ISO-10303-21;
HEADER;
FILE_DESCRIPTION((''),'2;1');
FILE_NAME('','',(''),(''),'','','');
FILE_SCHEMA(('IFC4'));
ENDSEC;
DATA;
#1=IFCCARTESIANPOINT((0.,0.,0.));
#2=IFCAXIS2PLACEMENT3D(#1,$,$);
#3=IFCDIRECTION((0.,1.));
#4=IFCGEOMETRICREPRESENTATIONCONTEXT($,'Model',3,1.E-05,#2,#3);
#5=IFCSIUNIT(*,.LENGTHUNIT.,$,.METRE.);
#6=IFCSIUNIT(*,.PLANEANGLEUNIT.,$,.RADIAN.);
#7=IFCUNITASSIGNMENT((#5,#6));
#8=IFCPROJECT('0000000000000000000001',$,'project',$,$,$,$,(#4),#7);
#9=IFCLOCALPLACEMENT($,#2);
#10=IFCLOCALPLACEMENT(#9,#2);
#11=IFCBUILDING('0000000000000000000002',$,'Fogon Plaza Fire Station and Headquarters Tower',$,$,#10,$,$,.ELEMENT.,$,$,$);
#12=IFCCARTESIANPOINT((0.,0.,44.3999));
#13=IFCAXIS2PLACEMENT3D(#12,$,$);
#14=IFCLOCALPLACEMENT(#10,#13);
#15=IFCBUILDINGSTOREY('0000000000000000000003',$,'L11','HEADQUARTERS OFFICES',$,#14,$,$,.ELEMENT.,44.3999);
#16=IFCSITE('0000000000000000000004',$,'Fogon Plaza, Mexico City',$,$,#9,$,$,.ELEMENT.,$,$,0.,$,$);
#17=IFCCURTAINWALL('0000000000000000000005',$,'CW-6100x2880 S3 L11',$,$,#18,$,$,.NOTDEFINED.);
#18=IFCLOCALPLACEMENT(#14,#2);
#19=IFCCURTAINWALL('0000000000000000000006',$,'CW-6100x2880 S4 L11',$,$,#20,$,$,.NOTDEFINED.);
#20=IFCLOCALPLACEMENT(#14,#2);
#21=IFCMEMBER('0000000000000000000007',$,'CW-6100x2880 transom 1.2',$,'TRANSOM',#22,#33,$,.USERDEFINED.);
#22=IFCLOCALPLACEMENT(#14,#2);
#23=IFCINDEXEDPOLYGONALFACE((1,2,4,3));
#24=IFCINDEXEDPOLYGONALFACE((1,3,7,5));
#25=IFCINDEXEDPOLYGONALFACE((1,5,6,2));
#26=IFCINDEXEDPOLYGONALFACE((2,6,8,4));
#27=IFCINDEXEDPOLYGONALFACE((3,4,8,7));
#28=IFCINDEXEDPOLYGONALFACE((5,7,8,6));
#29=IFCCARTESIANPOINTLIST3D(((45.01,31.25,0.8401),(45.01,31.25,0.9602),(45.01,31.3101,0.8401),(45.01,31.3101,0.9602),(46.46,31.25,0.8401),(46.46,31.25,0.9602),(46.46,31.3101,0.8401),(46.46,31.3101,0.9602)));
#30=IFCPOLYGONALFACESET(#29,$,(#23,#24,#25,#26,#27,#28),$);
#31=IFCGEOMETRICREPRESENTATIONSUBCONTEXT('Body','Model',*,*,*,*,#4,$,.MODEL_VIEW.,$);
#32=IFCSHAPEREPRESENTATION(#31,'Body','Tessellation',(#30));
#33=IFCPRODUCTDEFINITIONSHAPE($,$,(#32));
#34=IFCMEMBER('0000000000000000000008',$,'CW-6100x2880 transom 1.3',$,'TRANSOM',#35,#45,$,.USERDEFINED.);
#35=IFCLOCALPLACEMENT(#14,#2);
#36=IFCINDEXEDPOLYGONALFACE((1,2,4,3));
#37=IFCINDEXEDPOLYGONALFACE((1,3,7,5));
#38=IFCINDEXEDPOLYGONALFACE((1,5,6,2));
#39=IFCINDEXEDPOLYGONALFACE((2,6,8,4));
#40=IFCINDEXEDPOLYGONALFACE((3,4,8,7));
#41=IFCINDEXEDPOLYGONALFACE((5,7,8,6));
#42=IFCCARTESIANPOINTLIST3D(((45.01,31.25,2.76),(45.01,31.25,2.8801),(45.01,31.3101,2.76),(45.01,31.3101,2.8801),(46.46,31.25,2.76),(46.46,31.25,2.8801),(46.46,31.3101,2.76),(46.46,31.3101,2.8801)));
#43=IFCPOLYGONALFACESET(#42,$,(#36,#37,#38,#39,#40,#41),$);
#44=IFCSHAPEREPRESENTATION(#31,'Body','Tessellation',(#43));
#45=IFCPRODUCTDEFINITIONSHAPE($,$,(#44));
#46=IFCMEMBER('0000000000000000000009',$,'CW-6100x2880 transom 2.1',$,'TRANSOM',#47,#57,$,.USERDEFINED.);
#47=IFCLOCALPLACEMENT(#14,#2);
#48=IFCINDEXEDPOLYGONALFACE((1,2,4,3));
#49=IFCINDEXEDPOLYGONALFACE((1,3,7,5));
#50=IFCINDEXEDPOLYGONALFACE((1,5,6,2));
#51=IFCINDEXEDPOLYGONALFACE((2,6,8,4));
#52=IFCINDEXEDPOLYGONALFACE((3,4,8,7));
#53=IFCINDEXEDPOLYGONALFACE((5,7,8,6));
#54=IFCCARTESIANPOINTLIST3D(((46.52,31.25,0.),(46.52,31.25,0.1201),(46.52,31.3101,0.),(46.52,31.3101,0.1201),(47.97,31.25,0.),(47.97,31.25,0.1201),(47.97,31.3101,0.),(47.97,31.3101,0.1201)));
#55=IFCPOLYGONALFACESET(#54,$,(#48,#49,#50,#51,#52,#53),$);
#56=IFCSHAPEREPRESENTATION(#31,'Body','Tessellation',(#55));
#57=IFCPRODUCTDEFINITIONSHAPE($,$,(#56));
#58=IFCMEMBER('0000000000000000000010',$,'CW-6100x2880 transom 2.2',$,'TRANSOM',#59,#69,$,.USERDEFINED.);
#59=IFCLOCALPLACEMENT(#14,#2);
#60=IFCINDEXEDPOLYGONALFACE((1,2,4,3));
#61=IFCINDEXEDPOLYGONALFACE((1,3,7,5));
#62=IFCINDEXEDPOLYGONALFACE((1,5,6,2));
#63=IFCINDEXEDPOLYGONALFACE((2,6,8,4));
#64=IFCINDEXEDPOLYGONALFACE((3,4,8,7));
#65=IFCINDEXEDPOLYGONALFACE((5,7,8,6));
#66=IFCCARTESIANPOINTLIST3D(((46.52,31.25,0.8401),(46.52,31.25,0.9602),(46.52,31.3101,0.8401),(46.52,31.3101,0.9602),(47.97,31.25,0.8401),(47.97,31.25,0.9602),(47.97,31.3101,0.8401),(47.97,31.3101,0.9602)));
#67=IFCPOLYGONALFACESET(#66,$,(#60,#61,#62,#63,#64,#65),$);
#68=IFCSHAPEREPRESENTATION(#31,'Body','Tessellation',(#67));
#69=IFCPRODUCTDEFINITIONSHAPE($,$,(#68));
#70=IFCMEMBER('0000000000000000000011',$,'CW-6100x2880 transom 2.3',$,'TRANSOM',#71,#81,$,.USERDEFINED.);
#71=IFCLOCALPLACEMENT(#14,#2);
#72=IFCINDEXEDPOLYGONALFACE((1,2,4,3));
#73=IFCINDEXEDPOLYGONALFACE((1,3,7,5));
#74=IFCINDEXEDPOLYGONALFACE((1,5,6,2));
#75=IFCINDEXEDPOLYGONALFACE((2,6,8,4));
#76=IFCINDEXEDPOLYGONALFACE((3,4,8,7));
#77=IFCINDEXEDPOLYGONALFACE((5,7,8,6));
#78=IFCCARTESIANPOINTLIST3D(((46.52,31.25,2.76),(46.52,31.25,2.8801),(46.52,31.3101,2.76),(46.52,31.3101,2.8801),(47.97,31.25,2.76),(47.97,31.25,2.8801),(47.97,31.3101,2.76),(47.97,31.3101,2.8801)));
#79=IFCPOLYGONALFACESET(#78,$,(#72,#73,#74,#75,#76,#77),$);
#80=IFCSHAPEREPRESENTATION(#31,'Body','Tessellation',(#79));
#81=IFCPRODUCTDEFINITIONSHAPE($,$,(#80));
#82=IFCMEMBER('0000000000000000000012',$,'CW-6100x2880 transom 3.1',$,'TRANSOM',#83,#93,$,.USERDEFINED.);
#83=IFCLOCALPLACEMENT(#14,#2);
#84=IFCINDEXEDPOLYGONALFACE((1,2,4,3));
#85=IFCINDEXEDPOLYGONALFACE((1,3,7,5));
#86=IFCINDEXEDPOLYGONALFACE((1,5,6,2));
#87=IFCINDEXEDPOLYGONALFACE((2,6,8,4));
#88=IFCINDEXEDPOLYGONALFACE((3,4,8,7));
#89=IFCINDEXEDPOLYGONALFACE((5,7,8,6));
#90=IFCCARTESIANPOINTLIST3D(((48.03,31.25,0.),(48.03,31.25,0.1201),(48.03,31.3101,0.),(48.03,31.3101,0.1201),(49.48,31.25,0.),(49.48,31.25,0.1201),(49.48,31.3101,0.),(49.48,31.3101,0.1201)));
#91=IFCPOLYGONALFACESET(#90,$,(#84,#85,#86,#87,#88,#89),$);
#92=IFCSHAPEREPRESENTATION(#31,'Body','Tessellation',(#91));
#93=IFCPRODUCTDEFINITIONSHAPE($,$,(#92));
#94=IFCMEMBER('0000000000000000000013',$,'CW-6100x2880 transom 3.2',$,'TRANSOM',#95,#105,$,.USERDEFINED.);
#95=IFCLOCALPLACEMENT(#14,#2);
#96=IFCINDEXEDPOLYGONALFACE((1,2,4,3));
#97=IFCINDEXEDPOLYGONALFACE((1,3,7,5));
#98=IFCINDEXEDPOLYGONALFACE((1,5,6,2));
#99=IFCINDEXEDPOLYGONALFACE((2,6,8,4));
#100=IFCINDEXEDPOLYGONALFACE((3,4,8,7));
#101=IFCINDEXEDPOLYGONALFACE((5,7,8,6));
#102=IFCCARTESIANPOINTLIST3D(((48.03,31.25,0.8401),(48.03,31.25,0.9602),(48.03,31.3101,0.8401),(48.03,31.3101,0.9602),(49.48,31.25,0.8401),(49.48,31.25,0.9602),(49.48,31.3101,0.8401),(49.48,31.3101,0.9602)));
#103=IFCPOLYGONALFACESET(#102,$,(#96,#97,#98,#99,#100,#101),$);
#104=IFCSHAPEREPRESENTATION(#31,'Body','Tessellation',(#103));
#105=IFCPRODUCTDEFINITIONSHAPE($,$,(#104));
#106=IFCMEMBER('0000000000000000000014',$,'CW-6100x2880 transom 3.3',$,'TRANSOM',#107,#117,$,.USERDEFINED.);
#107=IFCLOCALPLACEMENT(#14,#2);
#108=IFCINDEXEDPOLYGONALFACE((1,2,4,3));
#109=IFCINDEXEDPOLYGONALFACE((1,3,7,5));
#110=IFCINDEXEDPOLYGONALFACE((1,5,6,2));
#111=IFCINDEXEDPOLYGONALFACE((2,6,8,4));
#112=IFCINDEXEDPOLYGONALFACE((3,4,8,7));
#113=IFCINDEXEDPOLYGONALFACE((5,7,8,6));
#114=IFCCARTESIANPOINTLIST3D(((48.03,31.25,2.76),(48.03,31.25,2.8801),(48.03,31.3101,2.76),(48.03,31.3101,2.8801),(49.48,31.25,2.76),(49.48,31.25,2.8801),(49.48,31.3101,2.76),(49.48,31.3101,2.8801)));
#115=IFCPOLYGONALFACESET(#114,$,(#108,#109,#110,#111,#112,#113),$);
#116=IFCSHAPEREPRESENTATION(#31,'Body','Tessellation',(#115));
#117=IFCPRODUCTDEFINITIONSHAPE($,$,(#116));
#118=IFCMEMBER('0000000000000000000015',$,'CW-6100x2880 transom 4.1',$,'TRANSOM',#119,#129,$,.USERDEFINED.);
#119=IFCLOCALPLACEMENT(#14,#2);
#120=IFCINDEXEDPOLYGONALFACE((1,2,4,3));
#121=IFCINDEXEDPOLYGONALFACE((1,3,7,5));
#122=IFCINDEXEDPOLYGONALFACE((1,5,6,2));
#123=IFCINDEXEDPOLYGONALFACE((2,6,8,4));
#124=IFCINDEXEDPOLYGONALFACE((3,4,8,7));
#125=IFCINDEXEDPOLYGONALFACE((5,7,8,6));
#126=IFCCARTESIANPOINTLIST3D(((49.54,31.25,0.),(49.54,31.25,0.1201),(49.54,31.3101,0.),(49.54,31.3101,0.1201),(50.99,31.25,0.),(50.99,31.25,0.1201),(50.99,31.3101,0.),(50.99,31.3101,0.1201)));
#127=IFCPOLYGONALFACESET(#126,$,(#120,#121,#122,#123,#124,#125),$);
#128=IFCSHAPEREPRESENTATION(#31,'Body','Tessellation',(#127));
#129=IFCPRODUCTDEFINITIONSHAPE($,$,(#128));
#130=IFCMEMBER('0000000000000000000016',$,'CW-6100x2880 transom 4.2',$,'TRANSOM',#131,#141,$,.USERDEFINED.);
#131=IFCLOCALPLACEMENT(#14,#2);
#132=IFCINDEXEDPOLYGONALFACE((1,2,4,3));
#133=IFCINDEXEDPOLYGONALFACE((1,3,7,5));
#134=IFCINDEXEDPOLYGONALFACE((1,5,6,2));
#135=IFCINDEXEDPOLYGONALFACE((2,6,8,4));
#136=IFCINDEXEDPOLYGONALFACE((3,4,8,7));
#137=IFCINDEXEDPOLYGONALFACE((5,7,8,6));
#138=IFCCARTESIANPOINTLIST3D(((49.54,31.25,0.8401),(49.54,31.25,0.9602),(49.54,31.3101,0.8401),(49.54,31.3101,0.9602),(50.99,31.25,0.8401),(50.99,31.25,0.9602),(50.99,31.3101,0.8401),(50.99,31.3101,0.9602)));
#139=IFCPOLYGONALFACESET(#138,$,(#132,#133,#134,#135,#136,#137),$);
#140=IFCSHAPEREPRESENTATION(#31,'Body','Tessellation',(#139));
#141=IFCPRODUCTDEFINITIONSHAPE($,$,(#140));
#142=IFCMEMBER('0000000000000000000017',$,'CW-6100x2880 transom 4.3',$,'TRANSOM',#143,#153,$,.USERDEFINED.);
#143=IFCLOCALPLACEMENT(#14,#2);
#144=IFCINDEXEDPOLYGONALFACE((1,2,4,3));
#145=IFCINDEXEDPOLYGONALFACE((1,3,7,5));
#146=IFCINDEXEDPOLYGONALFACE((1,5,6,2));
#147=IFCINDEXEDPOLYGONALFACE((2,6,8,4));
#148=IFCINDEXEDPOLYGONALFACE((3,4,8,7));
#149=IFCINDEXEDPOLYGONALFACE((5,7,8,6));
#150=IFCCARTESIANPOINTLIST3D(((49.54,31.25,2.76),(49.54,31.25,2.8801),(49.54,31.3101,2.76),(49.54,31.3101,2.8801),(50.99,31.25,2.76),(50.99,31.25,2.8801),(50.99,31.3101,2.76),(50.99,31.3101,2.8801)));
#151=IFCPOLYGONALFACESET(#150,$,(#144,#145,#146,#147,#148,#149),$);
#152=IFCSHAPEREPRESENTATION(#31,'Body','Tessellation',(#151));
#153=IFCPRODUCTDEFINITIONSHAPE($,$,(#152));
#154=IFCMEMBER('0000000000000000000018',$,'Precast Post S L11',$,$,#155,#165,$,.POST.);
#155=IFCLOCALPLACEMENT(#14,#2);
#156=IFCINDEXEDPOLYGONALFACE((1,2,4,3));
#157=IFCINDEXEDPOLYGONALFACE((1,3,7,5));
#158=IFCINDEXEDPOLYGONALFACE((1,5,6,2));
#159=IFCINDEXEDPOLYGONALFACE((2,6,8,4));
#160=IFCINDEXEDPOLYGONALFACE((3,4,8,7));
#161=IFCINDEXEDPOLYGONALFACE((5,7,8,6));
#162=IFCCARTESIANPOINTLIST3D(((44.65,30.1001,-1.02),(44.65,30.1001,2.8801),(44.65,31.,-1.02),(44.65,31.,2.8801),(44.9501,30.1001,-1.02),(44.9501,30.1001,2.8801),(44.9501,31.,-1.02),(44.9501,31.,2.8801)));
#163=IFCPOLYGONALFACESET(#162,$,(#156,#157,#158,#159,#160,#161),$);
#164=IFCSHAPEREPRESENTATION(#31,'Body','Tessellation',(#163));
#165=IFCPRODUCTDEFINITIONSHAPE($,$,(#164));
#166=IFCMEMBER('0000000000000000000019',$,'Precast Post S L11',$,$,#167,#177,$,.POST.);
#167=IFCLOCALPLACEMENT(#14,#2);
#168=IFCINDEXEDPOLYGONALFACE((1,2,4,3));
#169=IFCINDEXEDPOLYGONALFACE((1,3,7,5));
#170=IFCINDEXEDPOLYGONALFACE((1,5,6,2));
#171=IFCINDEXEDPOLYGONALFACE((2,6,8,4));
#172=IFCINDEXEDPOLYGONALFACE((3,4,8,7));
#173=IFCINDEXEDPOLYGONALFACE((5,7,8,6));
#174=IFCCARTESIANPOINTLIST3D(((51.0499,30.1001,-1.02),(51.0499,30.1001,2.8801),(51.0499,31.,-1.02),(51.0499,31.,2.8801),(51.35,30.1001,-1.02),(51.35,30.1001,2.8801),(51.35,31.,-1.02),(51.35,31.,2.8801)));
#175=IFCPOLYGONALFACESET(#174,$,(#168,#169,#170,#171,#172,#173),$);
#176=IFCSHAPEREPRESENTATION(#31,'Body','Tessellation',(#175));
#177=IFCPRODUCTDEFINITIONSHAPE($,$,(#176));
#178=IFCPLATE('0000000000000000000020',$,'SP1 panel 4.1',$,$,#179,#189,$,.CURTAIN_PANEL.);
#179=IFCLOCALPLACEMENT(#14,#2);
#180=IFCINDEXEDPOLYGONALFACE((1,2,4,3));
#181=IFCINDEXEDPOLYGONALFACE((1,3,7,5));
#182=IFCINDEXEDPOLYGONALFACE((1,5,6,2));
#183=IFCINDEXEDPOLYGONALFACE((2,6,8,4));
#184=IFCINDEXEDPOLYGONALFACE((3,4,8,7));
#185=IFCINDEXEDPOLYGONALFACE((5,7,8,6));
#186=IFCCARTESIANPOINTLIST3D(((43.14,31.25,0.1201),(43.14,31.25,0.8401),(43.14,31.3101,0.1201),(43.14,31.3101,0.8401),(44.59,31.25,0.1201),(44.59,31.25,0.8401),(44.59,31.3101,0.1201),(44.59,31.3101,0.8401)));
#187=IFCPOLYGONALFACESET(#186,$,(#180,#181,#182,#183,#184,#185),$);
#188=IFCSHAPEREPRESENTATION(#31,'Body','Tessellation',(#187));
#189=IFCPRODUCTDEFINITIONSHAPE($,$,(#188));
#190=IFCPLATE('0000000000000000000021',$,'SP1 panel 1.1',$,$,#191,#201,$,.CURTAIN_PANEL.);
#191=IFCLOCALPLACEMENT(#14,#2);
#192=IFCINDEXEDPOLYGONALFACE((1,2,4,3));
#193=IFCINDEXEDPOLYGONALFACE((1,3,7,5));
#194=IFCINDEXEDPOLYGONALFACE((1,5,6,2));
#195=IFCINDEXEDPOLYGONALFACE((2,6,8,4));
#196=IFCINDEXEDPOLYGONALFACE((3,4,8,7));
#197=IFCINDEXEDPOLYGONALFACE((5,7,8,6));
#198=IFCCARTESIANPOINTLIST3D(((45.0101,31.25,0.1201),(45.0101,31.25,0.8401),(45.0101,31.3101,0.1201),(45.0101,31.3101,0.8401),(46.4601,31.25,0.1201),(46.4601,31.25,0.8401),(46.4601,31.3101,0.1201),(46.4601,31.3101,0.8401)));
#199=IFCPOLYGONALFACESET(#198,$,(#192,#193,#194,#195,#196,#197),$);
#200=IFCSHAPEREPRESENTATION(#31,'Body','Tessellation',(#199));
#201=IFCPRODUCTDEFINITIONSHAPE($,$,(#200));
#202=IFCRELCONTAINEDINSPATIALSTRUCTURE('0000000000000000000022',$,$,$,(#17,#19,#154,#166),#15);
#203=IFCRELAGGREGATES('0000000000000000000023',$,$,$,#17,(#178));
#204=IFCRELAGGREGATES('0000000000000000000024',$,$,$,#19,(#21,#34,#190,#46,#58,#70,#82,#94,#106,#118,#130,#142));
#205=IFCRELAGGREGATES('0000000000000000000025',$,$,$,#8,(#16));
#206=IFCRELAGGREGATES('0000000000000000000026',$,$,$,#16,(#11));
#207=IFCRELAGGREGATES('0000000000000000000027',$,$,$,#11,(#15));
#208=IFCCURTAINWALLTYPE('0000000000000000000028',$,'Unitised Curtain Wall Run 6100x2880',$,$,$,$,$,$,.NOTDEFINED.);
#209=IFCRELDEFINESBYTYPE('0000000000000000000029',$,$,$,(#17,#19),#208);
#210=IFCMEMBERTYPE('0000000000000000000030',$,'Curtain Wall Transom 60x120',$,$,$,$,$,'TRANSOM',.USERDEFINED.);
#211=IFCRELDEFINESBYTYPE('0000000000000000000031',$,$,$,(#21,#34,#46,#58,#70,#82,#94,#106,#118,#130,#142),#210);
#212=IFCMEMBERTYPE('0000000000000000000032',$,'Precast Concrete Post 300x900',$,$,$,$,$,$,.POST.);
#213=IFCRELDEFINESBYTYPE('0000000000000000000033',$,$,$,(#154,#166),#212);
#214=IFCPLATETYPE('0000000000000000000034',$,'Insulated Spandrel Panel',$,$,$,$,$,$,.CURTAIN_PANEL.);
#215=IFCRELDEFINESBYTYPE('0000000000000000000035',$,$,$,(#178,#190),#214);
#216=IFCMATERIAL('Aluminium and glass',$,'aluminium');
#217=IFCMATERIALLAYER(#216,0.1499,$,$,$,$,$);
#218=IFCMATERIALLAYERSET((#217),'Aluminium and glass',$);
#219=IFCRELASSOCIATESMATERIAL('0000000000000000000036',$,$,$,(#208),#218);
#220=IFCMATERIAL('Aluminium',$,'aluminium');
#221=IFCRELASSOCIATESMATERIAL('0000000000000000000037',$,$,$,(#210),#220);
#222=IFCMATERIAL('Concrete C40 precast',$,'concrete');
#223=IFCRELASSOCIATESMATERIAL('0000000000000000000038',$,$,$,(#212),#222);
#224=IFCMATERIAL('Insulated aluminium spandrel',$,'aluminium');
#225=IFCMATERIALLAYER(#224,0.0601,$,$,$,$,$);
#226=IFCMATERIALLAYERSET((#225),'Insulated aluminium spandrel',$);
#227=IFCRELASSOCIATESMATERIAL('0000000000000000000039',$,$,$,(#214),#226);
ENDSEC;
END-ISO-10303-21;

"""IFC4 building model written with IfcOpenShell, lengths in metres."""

from ifc_helpers import new_model, si_unit, direction, frame, origin, origin_2d, place, context, subcontext, project, spatial, rectangle, extrude, material, layer, layer_set, material_profile, profile_set, type_object, element, aggregate, save


model = new_model("IFC4")

# Units and contexts
model_context = context("Model", 3, precision=1e-05, world=origin(), true_north=direction((0.0, 1.0)))
body_context = subcontext(model_context, "Body", "Model", "MODEL_VIEW")
ifc_project = project(units=[si_unit("LENGTHUNIT", "METRE"), si_unit("PLANEANGLEUNIT", "RADIAN")], contexts=[model_context])

# Site, building, storey
site_placement = place(None, origin())
site = spatial("IfcSite", under=ifc_project, at=site_placement, Name="Fogon Plaza, Mexico City", CompositionType="ELEMENT", RefElevation=0.0)
building_placement = place(site_placement, origin())
building = spatial("IfcBuilding", under=site, at=building_placement, Name="Fogon Plaza Fire Station and Headquarters Tower", CompositionType="ELEMENT")
storey_placement = place(building_placement, frame((0.0, 0.0, 44.3999)))
storey = spatial("IfcBuildingStorey", under=building, at=storey_placement, Name="L11", Description="HEADQUARTERS OFFICES", CompositionType="ELEMENT", Elevation=44.3999)

# Curtain walls
ifc_material_1 = material(Name="Aluminium and glass", Category="aluminium")
ifc_layer_1 = layer(ifc_material_1, 0.1499)
ifc_layer_set_1 = layer_set([ifc_layer_1], Name="Aluminium and glass")
curtain_wall_type = type_object("IfcCurtainWallType", Name="Unitised Curtain Wall Run 6100x2880", PredefinedType="NOTDEFINED", material=ifc_layer_set_1)
curtain_wall_1_placement = place(storey_placement, origin())
curtain_wall_1 = element("IfcCurtainWall", 1, at=curtain_wall_1_placement, inside=storey, type_object=curtain_wall_type, Name="CW-6100x2880 S3 L11", PredefinedType="NOTDEFINED")
curtain_wall_2_placement = place(storey_placement, origin())
curtain_wall_2 = element("IfcCurtainWall", 2, at=curtain_wall_2_placement, inside=storey, type_object=curtain_wall_type, Name="CW-6100x2880 S4 L11", PredefinedType="NOTDEFINED")

# Members
ifc_material_2 = material(Name="Aluminium", Category="aluminium")
ifc_material_profile_1 = material_profile(ifc_material_2, rectangle(XDim=0.0601, YDim=0.1201, at=origin_2d()), Name="Curtain Wall Transom 60x120")
ifc_profile_set_1 = profile_set([ifc_material_profile_1], Name="Aluminium")
member_type_1 = type_object("IfcMemberType", Name="Curtain Wall Transom 60x120", ElementType="TRANSOM", PredefinedType="USERDEFINED", material=ifc_profile_set_1)
member_1_placement = place(storey_placement, frame((45.01, 31.28, 0.9001), z_axis=(1.0, 0.0, 0.0), x_axis=(0.0, 1.0, 0.0)))
member_1 = element("IfcMember", 3, at=member_1_placement, type_object=member_type_1, Name="CW-6100x2880 transom 1.2", ObjectType="TRANSOM", PredefinedType="USERDEFINED", context=body_context, shape_type="SweptSolid", body=[
    extrude(rectangle(XDim=0.0601, YDim=0.1201, at=origin_2d()), origin(), (0.0, 0.0, 1.0), 1.45),
])
member_2_placement = place(storey_placement, frame((45.01, 31.28, 2.8201), z_axis=(1.0, 0.0, 0.0), x_axis=(0.0, 1.0, 0.0)))
member_2 = element("IfcMember", 4, at=member_2_placement, type_object=member_type_1, Name="CW-6100x2880 transom 1.3", ObjectType="TRANSOM", PredefinedType="USERDEFINED", context=body_context, shape_type="SweptSolid", body=[
    extrude(rectangle(XDim=0.0601, YDim=0.1201, at=origin_2d()), origin(), (0.0, 0.0, 1.0), 1.45),
])
member_3_placement = place(storey_placement, frame((46.52, 31.28, 0.0601), z_axis=(1.0, 0.0, 0.0), x_axis=(0.0, 1.0, 0.0)))
member_3 = element("IfcMember", 5, at=member_3_placement, type_object=member_type_1, Name="CW-6100x2880 transom 2.1", ObjectType="TRANSOM", PredefinedType="USERDEFINED", context=body_context, shape_type="SweptSolid", body=[
    extrude(rectangle(XDim=0.0601, YDim=0.1201, at=origin_2d()), origin(), (0.0, 0.0, 1.0), 1.45),
])
member_4_placement = place(storey_placement, frame((46.52, 31.28, 0.9001), z_axis=(1.0, 0.0, 0.0), x_axis=(0.0, 1.0, 0.0)))
member_4 = element("IfcMember", 6, at=member_4_placement, type_object=member_type_1, Name="CW-6100x2880 transom 2.2", ObjectType="TRANSOM", PredefinedType="USERDEFINED", context=body_context, shape_type="SweptSolid", body=[
    extrude(rectangle(XDim=0.0601, YDim=0.1201, at=origin_2d()), origin(), (0.0, 0.0, 1.0), 1.45),
])
member_5_placement = place(storey_placement, frame((46.52, 31.28, 2.8201), z_axis=(1.0, 0.0, 0.0), x_axis=(0.0, 1.0, 0.0)))
member_5 = element("IfcMember", 7, at=member_5_placement, type_object=member_type_1, Name="CW-6100x2880 transom 2.3", ObjectType="TRANSOM", PredefinedType="USERDEFINED", context=body_context, shape_type="SweptSolid", body=[
    extrude(rectangle(XDim=0.0601, YDim=0.1201, at=origin_2d()), origin(), (0.0, 0.0, 1.0), 1.45),
])
member_6_placement = place(storey_placement, frame((48.03, 31.28, 0.0601), z_axis=(1.0, 0.0, 0.0), x_axis=(0.0, 1.0, 0.0)))
member_6 = element("IfcMember", 8, at=member_6_placement, type_object=member_type_1, Name="CW-6100x2880 transom 3.1", ObjectType="TRANSOM", PredefinedType="USERDEFINED", context=body_context, shape_type="SweptSolid", body=[
    extrude(rectangle(XDim=0.0601, YDim=0.1201, at=origin_2d()), origin(), (0.0, 0.0, 1.0), 1.45),
])
member_7_placement = place(storey_placement, frame((48.03, 31.28, 0.9001), z_axis=(1.0, 0.0, 0.0), x_axis=(0.0, 1.0, 0.0)))
member_7 = element("IfcMember", 9, at=member_7_placement, type_object=member_type_1, Name="CW-6100x2880 transom 3.2", ObjectType="TRANSOM", PredefinedType="USERDEFINED", context=body_context, shape_type="SweptSolid", body=[
    extrude(rectangle(XDim=0.0601, YDim=0.1201, at=origin_2d()), origin(), (0.0, 0.0, 1.0), 1.45),
])
member_8_placement = place(storey_placement, frame((48.03, 31.28, 2.8201), z_axis=(1.0, 0.0, 0.0), x_axis=(0.0, 1.0, 0.0)))
member_8 = element("IfcMember", 10, at=member_8_placement, type_object=member_type_1, Name="CW-6100x2880 transom 3.3", ObjectType="TRANSOM", PredefinedType="USERDEFINED", context=body_context, shape_type="SweptSolid", body=[
    extrude(rectangle(XDim=0.0601, YDim=0.1201, at=origin_2d()), origin(), (0.0, 0.0, 1.0), 1.45),
])
member_9_placement = place(storey_placement, frame((49.54, 31.28, 0.0601), z_axis=(1.0, 0.0, 0.0), x_axis=(0.0, 1.0, 0.0)))
member_9 = element("IfcMember", 11, at=member_9_placement, type_object=member_type_1, Name="CW-6100x2880 transom 4.1", ObjectType="TRANSOM", PredefinedType="USERDEFINED", context=body_context, shape_type="SweptSolid", body=[
    extrude(rectangle(XDim=0.0601, YDim=0.1201, at=origin_2d()), origin(), (0.0, 0.0, 1.0), 1.45),
])
member_10_placement = place(storey_placement, frame((49.54, 31.28, 0.9001), z_axis=(1.0, 0.0, 0.0), x_axis=(0.0, 1.0, 0.0)))
member_10 = element("IfcMember", 12, at=member_10_placement, type_object=member_type_1, Name="CW-6100x2880 transom 4.2", ObjectType="TRANSOM", PredefinedType="USERDEFINED", context=body_context, shape_type="SweptSolid", body=[
    extrude(rectangle(XDim=0.0601, YDim=0.1201, at=origin_2d()), origin(), (0.0, 0.0, 1.0), 1.45),
])
member_11_placement = place(storey_placement, frame((49.54, 31.28, 2.8201), z_axis=(1.0, 0.0, 0.0), x_axis=(0.0, 1.0, 0.0)))
member_11 = element("IfcMember", 13, at=member_11_placement, type_object=member_type_1, Name="CW-6100x2880 transom 4.3", ObjectType="TRANSOM", PredefinedType="USERDEFINED", context=body_context, shape_type="SweptSolid", body=[
    extrude(rectangle(XDim=0.0601, YDim=0.1201, at=origin_2d()), origin(), (0.0, 0.0, 1.0), 1.45),
])

# Members
ifc_material_3 = material(Name="Concrete C40 precast", Category="concrete")
ifc_material_profile_2 = material_profile(ifc_material_3, rectangle(XDim=0.3, YDim=0.8999, at=origin_2d()), Name="Precast Concrete Post 300x900")
ifc_profile_set_2 = profile_set([ifc_material_profile_2], Name="Concrete C40 precast")
member_type_2 = type_object("IfcMemberType", Name="Precast Concrete Post 300x900", PredefinedType="POST", material=ifc_profile_set_2)
for number, where, z_axis, x_axis, name in (
    (14, (44.8, 30.55, -1.02), (0.0, 0.0, 1.0), (1.0, 0.0, 0.0), "Precast Post S L11"),
    (15, (51.2, 30.55, -1.02), (0.0, 0.0, 1.0), (1.0, 0.0, 0.0), "Precast Post S L11"),
):
    element("IfcMember", number, at=place(storey_placement, frame(where, z_axis=z_axis, x_axis=x_axis)), inside=storey, type_object=member_type_2, Name=name, PredefinedType="POST", context=body_context, shape_type="SweptSolid", body=[
        extrude(rectangle(XDim=0.3, YDim=0.8999, at=origin_2d()), origin(), (0.0, 0.0, 1.0), 3.9001),
    ])

# Plates
ifc_material_4 = material(Name="Insulated aluminium spandrel", Category="aluminium")
ifc_layer_2 = layer(ifc_material_4, 0.0601)
ifc_layer_set_2 = layer_set([ifc_layer_2], Name="Insulated aluminium spandrel")
plate_type_1 = type_object("IfcPlateType", Name="Insulated Spandrel Panel", PredefinedType="CURTAIN_PANEL", material=ifc_layer_set_2)
plate_1_placement = place(storey_placement, frame((43.865, 31.28, 0.1201), z_axis=(0.0, 0.0, 1.0), x_axis=(1.0, 0.0, 0.0)))
plate_1 = element("IfcPlate", 16, at=plate_1_placement, type_object=plate_type_1, Name="SP1 panel 4.1", PredefinedType="CURTAIN_PANEL", context=body_context, shape_type="SweptSolid", body=[
    extrude(rectangle(XDim=1.45, YDim=0.0601, at=origin_2d()), origin(), (0.0, 0.0, 1.0), 0.72),
])
plate_2_placement = place(storey_placement, frame((45.7351, 31.28, 0.1201), z_axis=(0.0, 0.0, 1.0), x_axis=(1.0, 0.0, 0.0)))
plate_2 = element("IfcPlate", 17, at=plate_2_placement, type_object=plate_type_1, Name="SP1 panel 1.1", PredefinedType="CURTAIN_PANEL", context=body_context, shape_type="SweptSolid", body=[
    extrude(rectangle(XDim=1.45, YDim=0.0601, at=origin_2d()), origin(), (0.0, 0.0, 1.0), 0.72),
])
aggregate(curtain_wall_1, [plate_1])
aggregate(curtain_wall_2, [member_1, member_2, plate_2, member_3, member_4, member_5, member_6, member_7, member_8, member_9, member_10, member_11])

save(model, "model.ifc")
